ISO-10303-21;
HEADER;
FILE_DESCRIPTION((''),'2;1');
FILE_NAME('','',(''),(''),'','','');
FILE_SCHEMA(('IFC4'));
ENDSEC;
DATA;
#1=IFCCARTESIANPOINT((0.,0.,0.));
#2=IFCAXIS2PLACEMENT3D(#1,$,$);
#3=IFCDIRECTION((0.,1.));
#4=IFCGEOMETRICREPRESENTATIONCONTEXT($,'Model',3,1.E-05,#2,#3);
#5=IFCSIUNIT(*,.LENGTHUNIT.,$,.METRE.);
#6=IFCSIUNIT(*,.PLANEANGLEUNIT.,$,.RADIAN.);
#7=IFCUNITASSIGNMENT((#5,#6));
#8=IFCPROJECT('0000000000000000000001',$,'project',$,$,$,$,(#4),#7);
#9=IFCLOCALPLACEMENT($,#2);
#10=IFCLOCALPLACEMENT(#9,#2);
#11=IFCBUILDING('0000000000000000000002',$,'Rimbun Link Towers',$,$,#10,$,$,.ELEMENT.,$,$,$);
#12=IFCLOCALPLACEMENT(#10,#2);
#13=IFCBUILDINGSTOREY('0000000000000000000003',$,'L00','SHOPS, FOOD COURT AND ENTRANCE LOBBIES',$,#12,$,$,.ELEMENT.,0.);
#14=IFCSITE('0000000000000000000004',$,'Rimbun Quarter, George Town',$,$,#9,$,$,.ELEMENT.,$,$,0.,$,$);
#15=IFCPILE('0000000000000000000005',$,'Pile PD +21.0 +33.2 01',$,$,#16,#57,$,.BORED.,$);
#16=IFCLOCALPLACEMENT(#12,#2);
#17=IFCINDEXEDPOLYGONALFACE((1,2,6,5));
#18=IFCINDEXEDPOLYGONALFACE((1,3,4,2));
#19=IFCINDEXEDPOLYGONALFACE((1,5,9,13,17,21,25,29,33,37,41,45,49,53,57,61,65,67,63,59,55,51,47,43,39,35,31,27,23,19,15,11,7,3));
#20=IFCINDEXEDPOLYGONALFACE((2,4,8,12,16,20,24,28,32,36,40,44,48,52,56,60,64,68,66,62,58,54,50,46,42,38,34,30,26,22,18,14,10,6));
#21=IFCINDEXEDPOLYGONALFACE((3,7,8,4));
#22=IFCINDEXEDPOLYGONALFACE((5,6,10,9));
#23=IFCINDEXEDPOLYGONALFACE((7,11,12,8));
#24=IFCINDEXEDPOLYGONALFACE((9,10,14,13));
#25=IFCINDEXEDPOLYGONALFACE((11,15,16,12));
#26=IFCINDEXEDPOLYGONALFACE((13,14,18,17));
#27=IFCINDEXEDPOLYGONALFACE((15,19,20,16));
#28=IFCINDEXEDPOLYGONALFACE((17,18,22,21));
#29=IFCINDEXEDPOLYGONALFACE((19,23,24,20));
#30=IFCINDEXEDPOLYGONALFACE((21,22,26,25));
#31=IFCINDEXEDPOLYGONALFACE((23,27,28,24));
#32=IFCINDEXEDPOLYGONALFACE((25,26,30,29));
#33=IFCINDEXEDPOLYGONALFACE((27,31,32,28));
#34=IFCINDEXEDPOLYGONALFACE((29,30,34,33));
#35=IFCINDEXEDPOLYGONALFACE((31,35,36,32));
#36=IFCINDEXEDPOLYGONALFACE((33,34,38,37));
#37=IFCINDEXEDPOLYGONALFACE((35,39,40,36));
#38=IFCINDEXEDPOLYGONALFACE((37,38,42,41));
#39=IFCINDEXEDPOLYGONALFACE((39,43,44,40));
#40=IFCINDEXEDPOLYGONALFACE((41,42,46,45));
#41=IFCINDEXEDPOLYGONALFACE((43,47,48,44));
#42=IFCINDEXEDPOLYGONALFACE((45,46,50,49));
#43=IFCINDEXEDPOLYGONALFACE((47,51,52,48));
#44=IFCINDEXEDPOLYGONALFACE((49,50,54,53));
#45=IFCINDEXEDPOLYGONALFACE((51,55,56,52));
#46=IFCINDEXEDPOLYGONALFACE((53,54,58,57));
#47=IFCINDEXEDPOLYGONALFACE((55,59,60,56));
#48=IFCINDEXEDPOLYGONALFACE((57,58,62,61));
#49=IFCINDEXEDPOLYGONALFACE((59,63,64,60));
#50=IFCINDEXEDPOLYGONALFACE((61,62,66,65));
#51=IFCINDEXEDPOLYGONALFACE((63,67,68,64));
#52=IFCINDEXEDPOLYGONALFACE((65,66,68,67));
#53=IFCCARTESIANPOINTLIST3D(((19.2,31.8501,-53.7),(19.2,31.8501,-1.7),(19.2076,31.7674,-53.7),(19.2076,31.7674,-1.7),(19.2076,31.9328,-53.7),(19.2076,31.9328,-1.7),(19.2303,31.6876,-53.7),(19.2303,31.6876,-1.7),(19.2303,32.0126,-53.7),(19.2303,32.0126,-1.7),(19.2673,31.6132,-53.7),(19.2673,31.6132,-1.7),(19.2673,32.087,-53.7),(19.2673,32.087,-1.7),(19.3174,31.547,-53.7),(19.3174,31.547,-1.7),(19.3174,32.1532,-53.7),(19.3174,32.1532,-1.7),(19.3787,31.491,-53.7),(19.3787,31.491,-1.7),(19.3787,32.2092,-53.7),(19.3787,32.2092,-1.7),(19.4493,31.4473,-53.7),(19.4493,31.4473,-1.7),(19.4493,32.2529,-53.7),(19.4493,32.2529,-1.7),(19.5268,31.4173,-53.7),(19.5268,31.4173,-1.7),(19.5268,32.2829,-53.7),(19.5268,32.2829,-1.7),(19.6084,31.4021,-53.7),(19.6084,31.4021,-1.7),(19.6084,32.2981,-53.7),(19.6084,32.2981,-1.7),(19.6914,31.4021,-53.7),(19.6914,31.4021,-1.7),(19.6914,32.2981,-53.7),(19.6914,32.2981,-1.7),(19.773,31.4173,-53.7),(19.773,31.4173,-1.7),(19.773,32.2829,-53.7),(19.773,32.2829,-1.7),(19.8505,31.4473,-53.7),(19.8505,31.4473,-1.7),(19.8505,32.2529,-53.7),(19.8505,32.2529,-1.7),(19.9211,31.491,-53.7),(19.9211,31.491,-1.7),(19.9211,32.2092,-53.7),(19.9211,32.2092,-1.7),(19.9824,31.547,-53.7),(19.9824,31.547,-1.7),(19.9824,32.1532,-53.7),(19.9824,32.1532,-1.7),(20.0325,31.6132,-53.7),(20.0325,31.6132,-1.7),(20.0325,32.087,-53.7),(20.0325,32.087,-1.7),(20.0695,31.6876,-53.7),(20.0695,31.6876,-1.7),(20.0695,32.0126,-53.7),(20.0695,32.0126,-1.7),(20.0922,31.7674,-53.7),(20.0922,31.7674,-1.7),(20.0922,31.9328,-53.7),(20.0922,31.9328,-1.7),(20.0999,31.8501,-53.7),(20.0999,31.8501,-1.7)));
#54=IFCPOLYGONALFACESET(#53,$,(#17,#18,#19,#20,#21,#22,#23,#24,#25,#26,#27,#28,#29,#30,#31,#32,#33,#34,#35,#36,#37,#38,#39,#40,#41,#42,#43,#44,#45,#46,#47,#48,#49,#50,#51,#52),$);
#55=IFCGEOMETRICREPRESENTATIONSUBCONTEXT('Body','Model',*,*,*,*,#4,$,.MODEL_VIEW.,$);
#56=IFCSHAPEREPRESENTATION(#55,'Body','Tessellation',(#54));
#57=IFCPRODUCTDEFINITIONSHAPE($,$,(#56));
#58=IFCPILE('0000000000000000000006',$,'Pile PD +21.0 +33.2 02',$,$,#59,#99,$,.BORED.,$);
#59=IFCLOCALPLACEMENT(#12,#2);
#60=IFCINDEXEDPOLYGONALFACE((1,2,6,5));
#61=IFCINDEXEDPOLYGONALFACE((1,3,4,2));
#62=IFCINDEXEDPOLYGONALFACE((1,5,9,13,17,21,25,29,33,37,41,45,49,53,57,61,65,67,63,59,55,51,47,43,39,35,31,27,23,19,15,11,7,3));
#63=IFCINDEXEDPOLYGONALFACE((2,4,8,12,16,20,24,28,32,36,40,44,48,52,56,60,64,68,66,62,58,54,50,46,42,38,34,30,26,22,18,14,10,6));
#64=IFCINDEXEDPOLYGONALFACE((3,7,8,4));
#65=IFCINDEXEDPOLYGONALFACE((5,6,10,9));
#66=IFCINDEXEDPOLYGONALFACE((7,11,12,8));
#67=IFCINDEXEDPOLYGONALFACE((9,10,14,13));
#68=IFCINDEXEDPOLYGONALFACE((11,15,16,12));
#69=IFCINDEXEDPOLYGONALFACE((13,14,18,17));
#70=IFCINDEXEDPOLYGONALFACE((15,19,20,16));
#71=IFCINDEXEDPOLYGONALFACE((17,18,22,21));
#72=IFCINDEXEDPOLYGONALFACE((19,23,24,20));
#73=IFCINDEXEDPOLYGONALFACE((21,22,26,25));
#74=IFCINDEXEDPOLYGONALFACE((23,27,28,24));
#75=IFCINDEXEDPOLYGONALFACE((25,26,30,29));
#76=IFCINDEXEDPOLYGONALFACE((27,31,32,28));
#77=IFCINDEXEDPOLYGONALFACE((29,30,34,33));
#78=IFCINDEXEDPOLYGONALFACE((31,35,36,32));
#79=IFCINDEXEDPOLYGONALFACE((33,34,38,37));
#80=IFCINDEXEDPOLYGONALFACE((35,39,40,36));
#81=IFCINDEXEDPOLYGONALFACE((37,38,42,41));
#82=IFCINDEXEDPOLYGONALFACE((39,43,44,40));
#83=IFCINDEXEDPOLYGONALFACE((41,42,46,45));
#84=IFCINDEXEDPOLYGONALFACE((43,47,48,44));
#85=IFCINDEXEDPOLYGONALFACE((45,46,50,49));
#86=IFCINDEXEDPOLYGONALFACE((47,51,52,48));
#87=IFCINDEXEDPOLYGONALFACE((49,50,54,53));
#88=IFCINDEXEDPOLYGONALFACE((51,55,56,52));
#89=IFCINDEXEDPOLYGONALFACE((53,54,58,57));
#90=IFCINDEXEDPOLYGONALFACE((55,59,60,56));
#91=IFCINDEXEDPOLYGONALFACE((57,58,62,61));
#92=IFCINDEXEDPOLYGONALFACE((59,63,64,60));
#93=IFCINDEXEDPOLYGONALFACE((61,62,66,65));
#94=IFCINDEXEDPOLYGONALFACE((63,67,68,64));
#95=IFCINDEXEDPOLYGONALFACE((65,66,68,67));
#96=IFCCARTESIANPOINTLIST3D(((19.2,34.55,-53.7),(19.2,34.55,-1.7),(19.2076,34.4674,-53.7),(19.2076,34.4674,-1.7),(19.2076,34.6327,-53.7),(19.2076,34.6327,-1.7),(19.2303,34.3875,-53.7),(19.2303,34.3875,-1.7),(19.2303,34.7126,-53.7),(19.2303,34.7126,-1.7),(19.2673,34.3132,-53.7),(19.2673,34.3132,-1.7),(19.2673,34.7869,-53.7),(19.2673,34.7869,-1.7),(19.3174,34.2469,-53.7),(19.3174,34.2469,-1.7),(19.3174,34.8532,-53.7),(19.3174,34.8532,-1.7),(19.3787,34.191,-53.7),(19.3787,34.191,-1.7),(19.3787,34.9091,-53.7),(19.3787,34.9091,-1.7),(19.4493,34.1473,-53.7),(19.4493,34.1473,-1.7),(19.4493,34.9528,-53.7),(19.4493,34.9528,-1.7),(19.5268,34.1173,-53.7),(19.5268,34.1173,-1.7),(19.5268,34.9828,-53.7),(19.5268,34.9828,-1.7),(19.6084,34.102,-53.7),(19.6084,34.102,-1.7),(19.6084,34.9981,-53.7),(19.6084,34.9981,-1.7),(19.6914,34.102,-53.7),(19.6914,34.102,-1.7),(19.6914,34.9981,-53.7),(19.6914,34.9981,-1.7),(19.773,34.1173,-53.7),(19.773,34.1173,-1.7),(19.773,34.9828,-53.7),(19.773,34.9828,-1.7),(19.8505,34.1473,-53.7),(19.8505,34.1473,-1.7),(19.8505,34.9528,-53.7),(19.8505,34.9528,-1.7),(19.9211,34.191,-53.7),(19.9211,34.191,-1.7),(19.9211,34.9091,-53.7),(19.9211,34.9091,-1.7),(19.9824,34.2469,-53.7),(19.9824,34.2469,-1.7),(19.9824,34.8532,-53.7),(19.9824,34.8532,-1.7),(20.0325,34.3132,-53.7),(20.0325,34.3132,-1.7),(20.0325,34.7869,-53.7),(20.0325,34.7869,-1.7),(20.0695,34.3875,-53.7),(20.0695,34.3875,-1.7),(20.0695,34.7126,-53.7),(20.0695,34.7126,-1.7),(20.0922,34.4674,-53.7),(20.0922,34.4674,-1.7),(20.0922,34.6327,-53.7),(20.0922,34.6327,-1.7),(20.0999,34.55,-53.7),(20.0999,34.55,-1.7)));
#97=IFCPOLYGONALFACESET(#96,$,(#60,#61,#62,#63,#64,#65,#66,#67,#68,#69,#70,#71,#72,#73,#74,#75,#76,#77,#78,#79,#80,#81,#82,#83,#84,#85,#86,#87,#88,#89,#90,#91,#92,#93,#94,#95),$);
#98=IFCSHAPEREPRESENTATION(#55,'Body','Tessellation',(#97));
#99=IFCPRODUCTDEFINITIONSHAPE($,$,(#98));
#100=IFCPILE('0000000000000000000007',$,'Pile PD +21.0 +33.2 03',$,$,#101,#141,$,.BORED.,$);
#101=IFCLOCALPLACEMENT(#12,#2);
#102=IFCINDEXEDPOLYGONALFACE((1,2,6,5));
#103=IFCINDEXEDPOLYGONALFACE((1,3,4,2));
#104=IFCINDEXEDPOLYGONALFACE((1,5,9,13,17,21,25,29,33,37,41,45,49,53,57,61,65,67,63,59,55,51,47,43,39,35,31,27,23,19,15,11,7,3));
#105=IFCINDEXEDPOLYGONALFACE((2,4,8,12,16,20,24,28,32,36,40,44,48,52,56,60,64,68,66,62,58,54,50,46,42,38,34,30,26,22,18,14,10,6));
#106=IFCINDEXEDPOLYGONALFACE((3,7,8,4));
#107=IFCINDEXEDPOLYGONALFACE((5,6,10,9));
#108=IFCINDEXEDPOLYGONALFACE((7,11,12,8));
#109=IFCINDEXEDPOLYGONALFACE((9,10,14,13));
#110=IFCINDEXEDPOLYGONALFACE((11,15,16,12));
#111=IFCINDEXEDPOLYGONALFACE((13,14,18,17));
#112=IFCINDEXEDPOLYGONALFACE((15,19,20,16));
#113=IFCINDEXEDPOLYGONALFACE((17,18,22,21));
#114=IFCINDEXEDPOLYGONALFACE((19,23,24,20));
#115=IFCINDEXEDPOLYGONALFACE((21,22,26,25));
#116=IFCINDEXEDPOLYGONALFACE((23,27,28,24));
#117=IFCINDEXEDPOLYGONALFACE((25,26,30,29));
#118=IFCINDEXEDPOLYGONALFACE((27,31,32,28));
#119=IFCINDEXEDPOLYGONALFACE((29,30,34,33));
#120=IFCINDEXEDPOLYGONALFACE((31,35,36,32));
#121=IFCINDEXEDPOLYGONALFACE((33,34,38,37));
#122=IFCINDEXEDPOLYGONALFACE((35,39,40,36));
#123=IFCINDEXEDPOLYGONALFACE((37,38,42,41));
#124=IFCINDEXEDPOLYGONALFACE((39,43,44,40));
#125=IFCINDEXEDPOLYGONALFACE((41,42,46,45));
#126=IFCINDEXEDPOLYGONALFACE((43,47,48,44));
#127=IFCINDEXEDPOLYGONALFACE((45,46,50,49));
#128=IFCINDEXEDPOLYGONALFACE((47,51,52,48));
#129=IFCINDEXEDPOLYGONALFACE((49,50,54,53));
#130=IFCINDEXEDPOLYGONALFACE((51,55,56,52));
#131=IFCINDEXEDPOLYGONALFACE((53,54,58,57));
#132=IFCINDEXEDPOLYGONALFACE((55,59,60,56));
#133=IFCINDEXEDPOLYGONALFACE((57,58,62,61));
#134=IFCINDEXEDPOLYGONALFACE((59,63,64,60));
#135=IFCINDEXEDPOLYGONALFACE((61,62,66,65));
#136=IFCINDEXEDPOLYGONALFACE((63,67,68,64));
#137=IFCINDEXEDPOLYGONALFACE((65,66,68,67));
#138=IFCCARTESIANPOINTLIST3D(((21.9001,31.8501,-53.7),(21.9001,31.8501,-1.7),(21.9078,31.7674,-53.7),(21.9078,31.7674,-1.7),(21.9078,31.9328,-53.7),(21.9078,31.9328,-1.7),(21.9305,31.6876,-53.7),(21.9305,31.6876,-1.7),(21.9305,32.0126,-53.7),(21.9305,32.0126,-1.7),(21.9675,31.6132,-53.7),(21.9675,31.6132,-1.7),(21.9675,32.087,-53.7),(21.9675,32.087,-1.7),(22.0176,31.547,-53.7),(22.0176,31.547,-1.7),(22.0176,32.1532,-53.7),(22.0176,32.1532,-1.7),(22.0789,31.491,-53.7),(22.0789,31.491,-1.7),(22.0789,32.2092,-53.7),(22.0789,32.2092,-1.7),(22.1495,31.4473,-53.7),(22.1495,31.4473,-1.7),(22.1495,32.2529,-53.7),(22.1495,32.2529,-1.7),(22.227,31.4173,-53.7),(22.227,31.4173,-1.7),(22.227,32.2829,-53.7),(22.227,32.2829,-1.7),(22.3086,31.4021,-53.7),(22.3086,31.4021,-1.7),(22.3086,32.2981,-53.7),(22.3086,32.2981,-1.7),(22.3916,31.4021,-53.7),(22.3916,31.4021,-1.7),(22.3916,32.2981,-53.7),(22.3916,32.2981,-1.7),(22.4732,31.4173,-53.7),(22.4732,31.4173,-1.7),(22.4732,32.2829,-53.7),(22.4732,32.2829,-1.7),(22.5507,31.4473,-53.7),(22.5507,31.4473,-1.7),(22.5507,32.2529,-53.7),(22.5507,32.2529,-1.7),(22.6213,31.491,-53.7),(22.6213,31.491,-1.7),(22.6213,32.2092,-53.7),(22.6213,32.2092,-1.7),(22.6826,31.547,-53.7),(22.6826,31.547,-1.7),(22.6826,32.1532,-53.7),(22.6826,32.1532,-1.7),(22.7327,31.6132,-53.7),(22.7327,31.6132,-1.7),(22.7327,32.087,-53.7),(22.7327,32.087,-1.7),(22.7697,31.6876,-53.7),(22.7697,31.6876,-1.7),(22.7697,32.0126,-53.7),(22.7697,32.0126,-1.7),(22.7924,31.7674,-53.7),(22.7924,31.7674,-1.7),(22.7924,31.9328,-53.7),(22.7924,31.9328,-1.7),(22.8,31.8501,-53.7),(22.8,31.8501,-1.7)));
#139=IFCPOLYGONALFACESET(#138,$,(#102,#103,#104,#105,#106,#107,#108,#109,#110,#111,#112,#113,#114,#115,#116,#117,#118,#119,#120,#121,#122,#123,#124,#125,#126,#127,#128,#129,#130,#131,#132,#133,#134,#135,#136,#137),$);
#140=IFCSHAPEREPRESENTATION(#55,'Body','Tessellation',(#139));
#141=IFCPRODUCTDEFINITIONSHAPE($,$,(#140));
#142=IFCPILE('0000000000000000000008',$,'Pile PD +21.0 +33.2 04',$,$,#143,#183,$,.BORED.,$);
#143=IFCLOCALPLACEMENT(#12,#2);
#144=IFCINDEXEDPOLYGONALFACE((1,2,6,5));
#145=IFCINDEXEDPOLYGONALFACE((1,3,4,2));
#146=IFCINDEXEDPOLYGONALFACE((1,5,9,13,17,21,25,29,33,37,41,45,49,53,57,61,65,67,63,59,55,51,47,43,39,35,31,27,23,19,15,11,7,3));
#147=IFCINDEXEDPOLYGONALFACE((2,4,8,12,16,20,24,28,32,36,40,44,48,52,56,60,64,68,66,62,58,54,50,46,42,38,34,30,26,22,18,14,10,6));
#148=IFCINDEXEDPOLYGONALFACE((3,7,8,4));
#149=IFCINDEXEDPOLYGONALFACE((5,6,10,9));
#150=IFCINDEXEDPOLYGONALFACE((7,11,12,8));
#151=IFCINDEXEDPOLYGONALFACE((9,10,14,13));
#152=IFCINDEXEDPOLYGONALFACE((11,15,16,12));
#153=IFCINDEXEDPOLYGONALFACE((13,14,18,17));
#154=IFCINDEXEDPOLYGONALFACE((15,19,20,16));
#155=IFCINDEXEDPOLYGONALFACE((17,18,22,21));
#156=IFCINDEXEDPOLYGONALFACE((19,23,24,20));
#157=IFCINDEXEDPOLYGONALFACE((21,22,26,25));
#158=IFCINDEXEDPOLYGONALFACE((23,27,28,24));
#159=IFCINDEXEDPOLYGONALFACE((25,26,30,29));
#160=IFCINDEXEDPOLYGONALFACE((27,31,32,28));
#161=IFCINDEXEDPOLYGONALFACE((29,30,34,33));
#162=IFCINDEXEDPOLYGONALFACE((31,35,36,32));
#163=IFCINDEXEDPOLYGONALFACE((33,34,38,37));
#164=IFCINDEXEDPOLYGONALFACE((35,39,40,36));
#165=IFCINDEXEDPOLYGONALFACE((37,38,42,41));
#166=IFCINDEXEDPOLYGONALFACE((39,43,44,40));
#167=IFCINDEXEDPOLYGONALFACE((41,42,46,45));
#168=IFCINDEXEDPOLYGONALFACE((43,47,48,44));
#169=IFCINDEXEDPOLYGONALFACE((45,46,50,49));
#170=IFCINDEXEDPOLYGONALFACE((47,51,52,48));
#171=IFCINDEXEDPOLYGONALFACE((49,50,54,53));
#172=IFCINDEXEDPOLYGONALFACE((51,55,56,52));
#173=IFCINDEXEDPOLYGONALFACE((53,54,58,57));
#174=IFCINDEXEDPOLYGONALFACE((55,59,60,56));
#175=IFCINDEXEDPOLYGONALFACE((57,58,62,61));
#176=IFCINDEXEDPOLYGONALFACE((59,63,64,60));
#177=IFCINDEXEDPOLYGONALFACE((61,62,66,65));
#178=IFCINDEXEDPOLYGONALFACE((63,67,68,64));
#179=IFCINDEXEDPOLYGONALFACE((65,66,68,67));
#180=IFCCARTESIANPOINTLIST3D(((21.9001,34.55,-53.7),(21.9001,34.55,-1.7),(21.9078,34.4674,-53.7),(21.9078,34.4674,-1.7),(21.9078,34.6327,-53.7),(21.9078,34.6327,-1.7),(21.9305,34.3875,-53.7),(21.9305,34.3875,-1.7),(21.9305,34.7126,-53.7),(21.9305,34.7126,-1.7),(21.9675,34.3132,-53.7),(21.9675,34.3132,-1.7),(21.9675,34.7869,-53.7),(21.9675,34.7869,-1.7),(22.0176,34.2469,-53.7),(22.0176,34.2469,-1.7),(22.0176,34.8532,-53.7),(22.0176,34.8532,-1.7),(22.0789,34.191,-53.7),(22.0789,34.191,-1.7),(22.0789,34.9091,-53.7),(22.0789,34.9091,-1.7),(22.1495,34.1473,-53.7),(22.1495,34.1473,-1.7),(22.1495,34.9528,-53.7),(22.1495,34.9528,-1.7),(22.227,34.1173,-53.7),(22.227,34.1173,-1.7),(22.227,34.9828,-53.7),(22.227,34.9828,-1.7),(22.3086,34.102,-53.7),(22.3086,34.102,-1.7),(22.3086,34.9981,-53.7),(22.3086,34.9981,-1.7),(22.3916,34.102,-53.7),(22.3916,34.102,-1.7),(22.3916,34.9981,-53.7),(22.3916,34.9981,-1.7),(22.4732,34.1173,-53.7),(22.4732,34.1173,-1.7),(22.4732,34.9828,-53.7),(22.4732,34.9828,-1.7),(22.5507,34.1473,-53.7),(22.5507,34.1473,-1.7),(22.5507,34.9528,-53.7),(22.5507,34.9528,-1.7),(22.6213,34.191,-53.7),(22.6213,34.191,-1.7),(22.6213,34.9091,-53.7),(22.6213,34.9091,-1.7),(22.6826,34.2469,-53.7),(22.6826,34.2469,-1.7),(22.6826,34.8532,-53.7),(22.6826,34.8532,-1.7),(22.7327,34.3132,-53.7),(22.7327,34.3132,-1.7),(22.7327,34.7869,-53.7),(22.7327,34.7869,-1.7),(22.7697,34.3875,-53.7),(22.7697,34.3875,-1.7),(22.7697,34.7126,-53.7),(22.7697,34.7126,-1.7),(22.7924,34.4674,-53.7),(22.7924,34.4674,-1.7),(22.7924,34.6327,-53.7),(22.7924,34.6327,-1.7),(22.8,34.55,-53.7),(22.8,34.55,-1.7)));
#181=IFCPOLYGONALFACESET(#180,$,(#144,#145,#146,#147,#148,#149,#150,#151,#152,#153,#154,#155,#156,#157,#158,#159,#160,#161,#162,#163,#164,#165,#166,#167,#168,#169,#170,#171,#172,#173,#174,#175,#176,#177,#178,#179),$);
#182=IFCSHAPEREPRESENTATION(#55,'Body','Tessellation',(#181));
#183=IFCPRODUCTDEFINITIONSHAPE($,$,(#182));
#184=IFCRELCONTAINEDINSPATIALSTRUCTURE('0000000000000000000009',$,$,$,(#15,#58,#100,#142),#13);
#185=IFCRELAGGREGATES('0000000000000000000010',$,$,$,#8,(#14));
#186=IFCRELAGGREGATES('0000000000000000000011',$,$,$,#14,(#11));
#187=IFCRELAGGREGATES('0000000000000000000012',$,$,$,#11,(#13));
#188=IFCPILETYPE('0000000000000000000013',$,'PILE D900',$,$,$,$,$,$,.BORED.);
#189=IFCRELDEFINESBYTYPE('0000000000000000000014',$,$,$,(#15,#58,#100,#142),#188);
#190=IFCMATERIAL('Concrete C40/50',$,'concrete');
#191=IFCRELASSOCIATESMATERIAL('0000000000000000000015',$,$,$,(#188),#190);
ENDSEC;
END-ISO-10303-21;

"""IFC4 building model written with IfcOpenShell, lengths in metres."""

from ifc_helpers import new_model, si_unit, direction, frame, origin, origin_2d, place, context, subcontext, project, spatial, circle, extrude, material, material_profile, profile_set, type_object, element, save


model = new_model("IFC4")

# Units and contexts
model_context = context("Model", 3, precision=1e-05, world=origin(), true_north=direction((0.0, 1.0)))
body_context = subcontext(model_context, "Body", "Model", "MODEL_VIEW")
ifc_project = project(units=[si_unit("LENGTHUNIT", "METRE"), si_unit("PLANEANGLEUNIT", "RADIAN")], contexts=[model_context])

# Site, building, storey
site_placement = place(None, origin())
site = spatial("IfcSite", under=ifc_project, at=site_placement, Name="Rimbun Quarter, George Town", CompositionType="ELEMENT", RefElevation=0.0)
building_placement = place(site_placement, origin())
building = spatial("IfcBuilding", under=site, at=building_placement, Name="Rimbun Link Towers", CompositionType="ELEMENT")
storey_placement = place(building_placement, origin())
storey = spatial("IfcBuildingStorey", under=building, at=storey_placement, Name="L00", Description="SHOPS, FOOD COURT AND ENTRANCE LOBBIES", CompositionType="ELEMENT", Elevation=0.0)

# Piles
ifc_material_1 = material(Name="Concrete C40/50", Category="concrete")
ifc_material_profile_1 = material_profile(ifc_material_1, circle(Radius=0.45, at=origin_2d()), Name="PILE D900")
ifc_profile_set_1 = profile_set([ifc_material_profile_1], Name="Concrete C40/50")
pile_type = type_object("IfcPileType", Name="PILE D900", PredefinedType="BORED", material=ifc_profile_set_1)
for number, where, z_axis, x_axis, name in (
    (1, (19.6499, 31.8501, -1.7), (0.0, 0.0, -1.0), (1.0, 0.0, 0.0), "Pile PD +21.0 +33.2 01"),
    (2, (19.6499, 34.55, -1.7), (0.0, 0.0, -1.0), (1.0, 0.0, 0.0), "Pile PD +21.0 +33.2 02"),
    (3, (22.3501, 31.8501, -1.7), (0.0, 0.0, -1.0), (1.0, 0.0, 0.0), "Pile PD +21.0 +33.2 03"),
    (4, (22.3501, 34.55, -1.7), (0.0, 0.0, -1.0), (1.0, 0.0, 0.0), "Pile PD +21.0 +33.2 04"),
):
    element("IfcPile", number, at=place(storey_placement, frame(where, z_axis=z_axis, x_axis=x_axis)), inside=storey, type_object=pile_type, Name=name, PredefinedType="BORED", context=body_context, shape_type="SweptSolid", body=[
        extrude(circle(Radius=0.45, at=origin_2d()), origin(), (0.0, 0.0, 1.0), 52.0),
    ])

save(model, "model.ifc")
